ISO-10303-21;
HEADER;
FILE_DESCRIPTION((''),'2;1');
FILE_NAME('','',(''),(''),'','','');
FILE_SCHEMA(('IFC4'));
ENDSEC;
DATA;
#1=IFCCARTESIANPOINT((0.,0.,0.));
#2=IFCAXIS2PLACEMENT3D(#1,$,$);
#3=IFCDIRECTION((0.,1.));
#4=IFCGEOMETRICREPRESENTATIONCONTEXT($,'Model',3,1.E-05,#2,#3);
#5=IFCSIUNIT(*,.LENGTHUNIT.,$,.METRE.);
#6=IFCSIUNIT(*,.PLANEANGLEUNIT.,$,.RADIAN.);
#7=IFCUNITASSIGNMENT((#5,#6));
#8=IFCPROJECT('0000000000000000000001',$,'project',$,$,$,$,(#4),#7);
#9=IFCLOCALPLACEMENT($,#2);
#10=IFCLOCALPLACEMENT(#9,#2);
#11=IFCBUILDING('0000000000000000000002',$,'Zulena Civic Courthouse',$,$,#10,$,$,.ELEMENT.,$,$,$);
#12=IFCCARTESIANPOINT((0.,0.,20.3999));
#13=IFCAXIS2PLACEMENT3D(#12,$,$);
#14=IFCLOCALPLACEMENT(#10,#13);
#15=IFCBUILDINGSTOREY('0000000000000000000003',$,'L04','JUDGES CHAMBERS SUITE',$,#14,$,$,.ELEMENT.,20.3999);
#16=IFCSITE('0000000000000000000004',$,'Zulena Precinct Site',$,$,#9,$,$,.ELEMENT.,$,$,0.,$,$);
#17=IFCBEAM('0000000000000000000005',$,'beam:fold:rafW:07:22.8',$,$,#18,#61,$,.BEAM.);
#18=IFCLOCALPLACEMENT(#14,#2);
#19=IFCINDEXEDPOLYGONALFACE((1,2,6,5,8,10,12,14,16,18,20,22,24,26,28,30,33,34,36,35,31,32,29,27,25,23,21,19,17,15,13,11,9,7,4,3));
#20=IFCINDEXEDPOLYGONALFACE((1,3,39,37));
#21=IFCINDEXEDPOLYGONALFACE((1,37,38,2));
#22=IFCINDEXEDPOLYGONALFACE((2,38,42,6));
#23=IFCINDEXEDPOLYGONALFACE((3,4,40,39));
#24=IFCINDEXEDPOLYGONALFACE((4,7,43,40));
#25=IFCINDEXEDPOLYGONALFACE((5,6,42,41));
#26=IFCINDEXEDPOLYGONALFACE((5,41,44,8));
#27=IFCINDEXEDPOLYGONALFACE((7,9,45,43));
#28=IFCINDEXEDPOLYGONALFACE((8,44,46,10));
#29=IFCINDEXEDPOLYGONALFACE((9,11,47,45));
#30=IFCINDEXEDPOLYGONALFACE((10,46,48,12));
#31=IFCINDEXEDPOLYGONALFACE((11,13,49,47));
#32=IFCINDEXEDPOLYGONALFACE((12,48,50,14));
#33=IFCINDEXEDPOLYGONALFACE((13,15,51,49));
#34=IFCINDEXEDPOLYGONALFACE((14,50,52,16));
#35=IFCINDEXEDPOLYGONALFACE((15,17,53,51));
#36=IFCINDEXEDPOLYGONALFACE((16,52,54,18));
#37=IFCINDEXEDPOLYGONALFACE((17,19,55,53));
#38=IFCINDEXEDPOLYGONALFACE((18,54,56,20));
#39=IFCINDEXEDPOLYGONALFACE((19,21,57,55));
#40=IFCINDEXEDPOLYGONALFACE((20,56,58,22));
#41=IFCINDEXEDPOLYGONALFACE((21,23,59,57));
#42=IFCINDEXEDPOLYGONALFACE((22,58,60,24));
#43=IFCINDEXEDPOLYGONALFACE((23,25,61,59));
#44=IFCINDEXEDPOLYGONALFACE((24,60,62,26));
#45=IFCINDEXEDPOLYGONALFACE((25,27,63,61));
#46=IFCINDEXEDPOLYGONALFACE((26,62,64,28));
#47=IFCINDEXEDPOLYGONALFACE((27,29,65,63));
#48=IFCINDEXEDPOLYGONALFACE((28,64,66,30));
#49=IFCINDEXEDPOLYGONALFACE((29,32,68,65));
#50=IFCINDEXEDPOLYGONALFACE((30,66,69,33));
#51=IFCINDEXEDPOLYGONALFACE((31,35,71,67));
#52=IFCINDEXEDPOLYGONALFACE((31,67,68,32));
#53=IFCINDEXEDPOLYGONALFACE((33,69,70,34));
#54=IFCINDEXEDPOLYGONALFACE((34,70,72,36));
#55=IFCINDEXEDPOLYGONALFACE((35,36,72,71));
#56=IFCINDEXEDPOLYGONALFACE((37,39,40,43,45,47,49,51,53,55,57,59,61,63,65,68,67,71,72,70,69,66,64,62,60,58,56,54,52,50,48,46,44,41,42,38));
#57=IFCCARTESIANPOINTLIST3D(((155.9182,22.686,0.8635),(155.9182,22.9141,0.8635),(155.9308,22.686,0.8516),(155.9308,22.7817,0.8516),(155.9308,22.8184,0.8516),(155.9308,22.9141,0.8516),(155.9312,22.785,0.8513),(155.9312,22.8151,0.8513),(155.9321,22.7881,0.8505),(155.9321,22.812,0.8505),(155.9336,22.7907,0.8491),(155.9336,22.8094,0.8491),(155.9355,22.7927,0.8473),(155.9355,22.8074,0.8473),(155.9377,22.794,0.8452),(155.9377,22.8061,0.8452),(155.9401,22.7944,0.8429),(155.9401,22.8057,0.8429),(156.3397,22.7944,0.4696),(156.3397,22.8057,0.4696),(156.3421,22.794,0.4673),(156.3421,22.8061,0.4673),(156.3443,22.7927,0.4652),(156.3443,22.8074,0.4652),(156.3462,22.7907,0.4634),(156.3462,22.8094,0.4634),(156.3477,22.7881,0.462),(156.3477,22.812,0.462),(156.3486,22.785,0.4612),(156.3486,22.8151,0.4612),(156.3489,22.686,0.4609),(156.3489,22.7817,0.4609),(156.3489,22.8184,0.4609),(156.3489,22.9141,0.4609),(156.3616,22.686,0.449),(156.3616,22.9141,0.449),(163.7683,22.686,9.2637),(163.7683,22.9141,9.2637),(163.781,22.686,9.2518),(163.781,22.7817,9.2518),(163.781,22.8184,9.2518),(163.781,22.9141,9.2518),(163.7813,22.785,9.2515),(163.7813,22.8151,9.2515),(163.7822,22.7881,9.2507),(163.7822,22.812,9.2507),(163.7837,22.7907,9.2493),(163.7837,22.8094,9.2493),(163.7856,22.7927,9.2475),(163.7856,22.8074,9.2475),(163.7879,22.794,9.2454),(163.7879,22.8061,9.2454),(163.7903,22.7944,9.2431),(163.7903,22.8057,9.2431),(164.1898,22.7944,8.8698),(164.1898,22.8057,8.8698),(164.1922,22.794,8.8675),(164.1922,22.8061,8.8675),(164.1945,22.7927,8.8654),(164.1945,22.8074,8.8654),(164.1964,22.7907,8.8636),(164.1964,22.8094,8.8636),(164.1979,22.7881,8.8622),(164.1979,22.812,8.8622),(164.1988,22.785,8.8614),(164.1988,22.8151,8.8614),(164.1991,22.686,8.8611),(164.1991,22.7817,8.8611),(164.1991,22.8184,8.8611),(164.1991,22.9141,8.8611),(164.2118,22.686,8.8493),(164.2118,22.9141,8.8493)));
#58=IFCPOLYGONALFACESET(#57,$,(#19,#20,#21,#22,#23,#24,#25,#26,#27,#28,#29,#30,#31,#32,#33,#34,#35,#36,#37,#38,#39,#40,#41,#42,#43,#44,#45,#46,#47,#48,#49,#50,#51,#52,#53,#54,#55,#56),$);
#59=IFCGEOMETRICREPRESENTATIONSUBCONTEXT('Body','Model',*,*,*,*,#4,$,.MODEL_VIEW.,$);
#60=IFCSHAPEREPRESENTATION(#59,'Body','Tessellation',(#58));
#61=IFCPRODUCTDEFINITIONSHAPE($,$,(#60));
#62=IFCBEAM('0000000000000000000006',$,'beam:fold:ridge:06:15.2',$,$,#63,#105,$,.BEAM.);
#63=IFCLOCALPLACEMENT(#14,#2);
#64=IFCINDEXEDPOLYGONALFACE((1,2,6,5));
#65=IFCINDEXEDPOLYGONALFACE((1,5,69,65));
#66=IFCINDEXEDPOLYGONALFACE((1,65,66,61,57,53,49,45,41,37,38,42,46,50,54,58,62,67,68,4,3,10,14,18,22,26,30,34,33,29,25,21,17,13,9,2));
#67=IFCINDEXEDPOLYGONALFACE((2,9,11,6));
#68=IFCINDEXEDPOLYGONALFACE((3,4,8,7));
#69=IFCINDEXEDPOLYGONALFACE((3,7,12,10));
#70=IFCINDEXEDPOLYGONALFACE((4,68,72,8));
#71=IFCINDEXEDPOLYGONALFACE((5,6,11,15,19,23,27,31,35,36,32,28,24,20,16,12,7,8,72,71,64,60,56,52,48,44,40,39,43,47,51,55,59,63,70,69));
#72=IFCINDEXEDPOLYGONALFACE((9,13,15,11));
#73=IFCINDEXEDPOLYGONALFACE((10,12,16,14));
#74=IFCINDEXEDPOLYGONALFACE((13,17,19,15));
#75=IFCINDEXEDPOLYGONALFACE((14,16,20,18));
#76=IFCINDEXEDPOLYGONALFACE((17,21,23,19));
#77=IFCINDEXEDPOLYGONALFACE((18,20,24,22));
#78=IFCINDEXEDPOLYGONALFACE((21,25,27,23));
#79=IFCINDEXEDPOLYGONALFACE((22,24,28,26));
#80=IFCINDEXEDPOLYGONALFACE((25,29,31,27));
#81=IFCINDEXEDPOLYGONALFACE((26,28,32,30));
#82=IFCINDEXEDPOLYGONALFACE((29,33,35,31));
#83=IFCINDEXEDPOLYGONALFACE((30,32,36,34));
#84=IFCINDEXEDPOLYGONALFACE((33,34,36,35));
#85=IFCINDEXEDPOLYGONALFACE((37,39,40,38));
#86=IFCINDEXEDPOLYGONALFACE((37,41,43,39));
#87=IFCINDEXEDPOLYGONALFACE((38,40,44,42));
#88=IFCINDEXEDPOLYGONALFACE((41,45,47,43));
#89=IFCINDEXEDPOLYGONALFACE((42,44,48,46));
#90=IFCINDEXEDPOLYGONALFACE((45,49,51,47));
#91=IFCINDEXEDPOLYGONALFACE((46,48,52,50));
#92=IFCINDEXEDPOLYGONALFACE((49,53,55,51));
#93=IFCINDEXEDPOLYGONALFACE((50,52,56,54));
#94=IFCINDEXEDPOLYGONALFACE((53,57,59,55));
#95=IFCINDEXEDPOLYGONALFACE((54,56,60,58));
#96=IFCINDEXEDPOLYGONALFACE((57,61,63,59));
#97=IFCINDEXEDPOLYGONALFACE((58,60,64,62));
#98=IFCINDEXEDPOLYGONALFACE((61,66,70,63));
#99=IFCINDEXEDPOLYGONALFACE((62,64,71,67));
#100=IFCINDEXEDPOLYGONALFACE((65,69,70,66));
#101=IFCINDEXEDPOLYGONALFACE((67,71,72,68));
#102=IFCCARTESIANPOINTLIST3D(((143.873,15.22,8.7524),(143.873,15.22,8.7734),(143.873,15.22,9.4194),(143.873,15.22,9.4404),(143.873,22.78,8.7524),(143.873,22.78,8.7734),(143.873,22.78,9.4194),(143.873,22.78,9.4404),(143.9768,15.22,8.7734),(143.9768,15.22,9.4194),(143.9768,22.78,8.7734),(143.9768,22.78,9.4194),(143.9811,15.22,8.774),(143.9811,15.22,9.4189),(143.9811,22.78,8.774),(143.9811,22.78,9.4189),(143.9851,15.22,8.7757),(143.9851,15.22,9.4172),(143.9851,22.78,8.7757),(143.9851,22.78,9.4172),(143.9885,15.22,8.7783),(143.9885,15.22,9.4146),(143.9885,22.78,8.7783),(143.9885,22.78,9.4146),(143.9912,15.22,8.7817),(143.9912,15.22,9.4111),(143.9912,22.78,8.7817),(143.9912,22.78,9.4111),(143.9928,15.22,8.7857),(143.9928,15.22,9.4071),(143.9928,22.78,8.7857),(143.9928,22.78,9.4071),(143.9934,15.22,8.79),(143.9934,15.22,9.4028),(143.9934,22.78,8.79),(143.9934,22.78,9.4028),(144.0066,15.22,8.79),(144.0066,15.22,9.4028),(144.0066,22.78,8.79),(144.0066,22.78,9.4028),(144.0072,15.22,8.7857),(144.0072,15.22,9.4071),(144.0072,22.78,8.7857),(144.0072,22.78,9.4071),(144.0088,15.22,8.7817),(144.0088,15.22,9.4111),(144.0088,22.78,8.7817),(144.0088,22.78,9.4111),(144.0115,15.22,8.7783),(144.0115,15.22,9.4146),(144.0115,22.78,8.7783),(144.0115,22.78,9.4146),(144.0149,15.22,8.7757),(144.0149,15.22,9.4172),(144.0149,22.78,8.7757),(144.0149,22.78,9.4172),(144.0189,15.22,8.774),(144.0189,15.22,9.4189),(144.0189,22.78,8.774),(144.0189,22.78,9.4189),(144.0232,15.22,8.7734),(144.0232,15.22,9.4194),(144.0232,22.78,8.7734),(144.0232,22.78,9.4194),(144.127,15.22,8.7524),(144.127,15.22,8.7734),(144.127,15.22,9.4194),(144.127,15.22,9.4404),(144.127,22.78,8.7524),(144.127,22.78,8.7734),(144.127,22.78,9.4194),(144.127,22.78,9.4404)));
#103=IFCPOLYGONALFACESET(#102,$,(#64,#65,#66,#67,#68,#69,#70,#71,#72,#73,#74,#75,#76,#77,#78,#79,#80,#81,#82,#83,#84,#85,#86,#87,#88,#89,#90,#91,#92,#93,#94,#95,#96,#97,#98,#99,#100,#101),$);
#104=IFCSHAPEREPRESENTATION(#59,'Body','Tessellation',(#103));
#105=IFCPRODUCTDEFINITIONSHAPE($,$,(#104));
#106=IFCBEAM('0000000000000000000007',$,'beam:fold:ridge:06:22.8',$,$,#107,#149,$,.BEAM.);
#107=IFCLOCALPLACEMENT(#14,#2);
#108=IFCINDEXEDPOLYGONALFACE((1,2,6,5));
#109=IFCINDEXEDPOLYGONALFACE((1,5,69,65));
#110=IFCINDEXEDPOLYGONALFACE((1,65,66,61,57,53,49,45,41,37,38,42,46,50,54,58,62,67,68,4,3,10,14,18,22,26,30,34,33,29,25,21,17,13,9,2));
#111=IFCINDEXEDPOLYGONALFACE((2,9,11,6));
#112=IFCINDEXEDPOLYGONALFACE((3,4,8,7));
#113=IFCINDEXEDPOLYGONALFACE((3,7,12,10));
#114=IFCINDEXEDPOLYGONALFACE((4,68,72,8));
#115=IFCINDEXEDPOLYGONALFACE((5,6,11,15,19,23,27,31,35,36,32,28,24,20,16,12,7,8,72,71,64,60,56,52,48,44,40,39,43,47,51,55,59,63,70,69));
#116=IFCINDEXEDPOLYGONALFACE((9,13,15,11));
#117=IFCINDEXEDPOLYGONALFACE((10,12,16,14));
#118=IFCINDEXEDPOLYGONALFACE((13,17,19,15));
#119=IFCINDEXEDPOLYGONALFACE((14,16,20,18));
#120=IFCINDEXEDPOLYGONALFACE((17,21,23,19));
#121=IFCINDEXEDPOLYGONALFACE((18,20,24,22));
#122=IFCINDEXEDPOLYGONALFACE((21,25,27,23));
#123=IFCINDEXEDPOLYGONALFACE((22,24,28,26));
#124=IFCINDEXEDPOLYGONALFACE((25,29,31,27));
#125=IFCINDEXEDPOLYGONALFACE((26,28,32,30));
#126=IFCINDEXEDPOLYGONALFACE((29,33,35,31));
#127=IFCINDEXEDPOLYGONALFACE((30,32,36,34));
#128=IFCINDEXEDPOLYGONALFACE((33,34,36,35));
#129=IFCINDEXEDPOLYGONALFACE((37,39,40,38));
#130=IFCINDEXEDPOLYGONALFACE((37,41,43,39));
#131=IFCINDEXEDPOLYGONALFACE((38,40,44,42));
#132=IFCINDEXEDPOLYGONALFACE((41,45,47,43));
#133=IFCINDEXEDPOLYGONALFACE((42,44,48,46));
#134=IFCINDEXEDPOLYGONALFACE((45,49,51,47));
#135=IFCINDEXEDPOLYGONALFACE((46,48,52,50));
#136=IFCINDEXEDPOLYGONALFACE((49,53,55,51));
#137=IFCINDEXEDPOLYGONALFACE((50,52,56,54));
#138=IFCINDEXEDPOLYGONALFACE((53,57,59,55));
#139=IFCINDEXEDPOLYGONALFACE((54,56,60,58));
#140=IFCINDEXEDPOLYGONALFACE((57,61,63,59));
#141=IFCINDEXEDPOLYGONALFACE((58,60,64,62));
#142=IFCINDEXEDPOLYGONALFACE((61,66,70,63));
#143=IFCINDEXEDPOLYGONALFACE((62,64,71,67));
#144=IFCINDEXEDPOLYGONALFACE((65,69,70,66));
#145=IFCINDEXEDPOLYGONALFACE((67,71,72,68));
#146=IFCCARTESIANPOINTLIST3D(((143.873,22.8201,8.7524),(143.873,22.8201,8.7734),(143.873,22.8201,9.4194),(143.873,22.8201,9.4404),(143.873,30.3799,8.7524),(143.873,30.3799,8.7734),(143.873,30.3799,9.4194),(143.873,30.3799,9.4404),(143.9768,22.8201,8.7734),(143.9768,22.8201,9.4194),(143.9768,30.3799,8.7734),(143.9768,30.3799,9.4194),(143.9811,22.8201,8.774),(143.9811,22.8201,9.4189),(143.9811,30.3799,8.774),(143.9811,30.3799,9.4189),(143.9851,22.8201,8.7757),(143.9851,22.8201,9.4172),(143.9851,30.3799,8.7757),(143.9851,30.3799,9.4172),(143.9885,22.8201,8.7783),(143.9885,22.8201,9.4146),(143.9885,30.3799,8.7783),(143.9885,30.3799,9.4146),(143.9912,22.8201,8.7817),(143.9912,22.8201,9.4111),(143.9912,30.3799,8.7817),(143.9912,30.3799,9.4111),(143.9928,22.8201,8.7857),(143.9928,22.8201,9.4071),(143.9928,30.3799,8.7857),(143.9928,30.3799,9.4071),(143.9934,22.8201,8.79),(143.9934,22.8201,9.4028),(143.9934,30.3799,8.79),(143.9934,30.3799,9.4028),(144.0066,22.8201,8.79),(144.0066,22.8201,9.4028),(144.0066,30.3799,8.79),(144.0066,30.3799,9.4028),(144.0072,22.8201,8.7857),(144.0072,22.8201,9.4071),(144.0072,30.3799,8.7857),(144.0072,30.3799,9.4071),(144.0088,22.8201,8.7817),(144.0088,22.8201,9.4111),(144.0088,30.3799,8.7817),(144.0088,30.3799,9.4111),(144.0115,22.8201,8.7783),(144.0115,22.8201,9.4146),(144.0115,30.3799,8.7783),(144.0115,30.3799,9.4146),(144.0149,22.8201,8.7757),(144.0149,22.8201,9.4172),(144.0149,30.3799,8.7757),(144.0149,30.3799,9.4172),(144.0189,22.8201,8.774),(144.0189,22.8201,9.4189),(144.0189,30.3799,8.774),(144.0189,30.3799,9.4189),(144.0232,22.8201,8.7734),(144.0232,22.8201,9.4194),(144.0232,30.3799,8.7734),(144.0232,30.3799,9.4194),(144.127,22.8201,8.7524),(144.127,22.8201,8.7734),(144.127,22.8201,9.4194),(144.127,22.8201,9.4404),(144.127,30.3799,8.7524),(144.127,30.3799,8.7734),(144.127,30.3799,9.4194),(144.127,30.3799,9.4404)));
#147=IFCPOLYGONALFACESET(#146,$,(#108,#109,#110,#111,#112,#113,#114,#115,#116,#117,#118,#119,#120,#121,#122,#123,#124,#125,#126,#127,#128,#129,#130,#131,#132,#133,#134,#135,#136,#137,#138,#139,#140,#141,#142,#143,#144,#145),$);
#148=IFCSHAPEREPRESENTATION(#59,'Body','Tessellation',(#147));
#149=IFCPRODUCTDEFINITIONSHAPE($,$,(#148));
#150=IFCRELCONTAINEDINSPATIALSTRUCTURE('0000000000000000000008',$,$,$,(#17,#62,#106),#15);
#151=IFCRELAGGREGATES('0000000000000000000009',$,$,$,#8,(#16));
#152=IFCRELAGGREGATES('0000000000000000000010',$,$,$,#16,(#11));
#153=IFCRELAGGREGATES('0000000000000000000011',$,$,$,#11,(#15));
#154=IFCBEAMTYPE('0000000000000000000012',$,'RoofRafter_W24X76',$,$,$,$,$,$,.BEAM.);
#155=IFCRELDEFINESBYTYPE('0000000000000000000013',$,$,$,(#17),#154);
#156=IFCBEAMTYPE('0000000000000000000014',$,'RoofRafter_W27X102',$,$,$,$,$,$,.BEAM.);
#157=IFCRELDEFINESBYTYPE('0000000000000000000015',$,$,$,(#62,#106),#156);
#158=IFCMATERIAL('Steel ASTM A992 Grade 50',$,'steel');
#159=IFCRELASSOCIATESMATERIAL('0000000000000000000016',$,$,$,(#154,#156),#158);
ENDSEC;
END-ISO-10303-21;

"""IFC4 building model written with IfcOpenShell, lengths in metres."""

from ifc_helpers import new_model, si_unit, direction, frame, origin, origin_2d, place, context, subcontext, project, spatial, i_section, extrude, material, material_profile, profile_set, type_object, element, save


model = new_model("IFC4")

# Units and contexts
model_context = context("Model", 3, precision=1e-05, world=origin(), true_north=direction((0.0, 1.0)))
body_context = subcontext(model_context, "Body", "Model", "MODEL_VIEW")
ifc_project = project(units=[si_unit("LENGTHUNIT", "METRE"), si_unit("PLANEANGLEUNIT", "RADIAN")], contexts=[model_context])

# Site, building, storey
site_placement = place(None, origin())
site = spatial("IfcSite", under=ifc_project, at=site_placement, Name="Zulena Precinct Site", CompositionType="ELEMENT", RefElevation=0.0)
building_placement = place(site_placement, origin())
building = spatial("IfcBuilding", under=site, at=building_placement, Name="Zulena Civic Courthouse", CompositionType="ELEMENT")
storey_placement = place(building_placement, frame((0.0, 0.0, 20.3999)))
storey = spatial("IfcBuildingStorey", under=building, at=storey_placement, Name="L04", Description="JUDGES CHAMBERS SUITE", CompositionType="ELEMENT", Elevation=20.3999)

# Shared definitions
ifc_material_1 = material(Name="Steel ASTM A992 Grade 50", Category="steel")

# Beams
ifc_material_profile_1 = material_profile(ifc_material_1, i_section(OverallWidth=0.228, OverallDepth=0.6069, WebThickness=0.0112, FlangeThickness=0.0173, FilletRadius=0.0127, at=origin_2d()), Name="W24X76")
ifc_profile_set_1 = profile_set([ifc_material_profile_1], Name="Steel ASTM A992 Grade 50")
beam_type_1 = type_object("IfcBeamType", Name="RoofRafter_W24X76", PredefinedType="BEAM", material=ifc_profile_set_1)
for number, where, z_axis, x_axis, name in (
    (1, (156.1399, 22.8, 0.6562), (0.682781, 0.0, 0.730623), (0.0, 1.0, 0.0), "beam:fold:rafW:07:22.8"),
):
    element("IfcBeam", number, at=place(storey_placement, frame(where, z_axis=z_axis, x_axis=x_axis)), inside=storey, type_object=beam_type_1, Name=name, PredefinedType="BEAM", context=body_context, shape_type="SweptSolid", body=[
        extrude(i_section(OverallWidth=0.228, OverallDepth=0.6069, WebThickness=0.0112, FlangeThickness=0.0173, FilletRadius=0.0127, at=origin_2d()), origin(), (0.0, 0.0, 1.0), 11.4973),
    ])
ifc_material_profile_2 = material_profile(ifc_material_1, i_section(OverallWidth=0.2539, OverallDepth=0.688, WebThickness=0.0132, FlangeThickness=0.021, FilletRadius=0.0166, at=origin_2d()), Name="W27X102")
ifc_profile_set_2 = profile_set([ifc_material_profile_2], Name="Steel ASTM A992 Grade 50")
beam_type_2 = type_object("IfcBeamType", Name="RoofRafter_W27X102", PredefinedType="BEAM", material=ifc_profile_set_2)
beam_1_placement = place(storey_placement, frame((144.0, 15.22, 9.0964), z_axis=(0.0, 1.0, 0.0), x_axis=(-1.0, 0.0, 0.0)))
element("IfcBeam", 2, at=beam_1_placement, inside=storey, type_object=beam_type_2, Name="beam:fold:ridge:06:15.2", PredefinedType="BEAM", context=body_context, shape_type="SweptSolid", body=[
    extrude(i_section(OverallWidth=0.2539, OverallDepth=0.688, WebThickness=0.0132, FlangeThickness=0.021, FilletRadius=0.0166, at=origin_2d()), origin(), (0.0, 0.0, 1.0), 7.5601),
])
beam_2_placement = place(storey_placement, frame((144.0, 22.8201, 9.0964), z_axis=(0.0, 1.0, 0.0), x_axis=(-1.0, 0.0, 0.0)))
element("IfcBeam", 3, at=beam_2_placement, inside=storey, type_object=beam_type_2, Name="beam:fold:ridge:06:22.8", PredefinedType="BEAM", context=body_context, shape_type="SweptSolid", body=[
    extrude(i_section(OverallWidth=0.2539, OverallDepth=0.688, WebThickness=0.0132, FlangeThickness=0.021, FilletRadius=0.0166, at=origin_2d()), origin(), (0.0, 0.0, 1.0), 7.5598),
])

save(model, "model.ifc")
